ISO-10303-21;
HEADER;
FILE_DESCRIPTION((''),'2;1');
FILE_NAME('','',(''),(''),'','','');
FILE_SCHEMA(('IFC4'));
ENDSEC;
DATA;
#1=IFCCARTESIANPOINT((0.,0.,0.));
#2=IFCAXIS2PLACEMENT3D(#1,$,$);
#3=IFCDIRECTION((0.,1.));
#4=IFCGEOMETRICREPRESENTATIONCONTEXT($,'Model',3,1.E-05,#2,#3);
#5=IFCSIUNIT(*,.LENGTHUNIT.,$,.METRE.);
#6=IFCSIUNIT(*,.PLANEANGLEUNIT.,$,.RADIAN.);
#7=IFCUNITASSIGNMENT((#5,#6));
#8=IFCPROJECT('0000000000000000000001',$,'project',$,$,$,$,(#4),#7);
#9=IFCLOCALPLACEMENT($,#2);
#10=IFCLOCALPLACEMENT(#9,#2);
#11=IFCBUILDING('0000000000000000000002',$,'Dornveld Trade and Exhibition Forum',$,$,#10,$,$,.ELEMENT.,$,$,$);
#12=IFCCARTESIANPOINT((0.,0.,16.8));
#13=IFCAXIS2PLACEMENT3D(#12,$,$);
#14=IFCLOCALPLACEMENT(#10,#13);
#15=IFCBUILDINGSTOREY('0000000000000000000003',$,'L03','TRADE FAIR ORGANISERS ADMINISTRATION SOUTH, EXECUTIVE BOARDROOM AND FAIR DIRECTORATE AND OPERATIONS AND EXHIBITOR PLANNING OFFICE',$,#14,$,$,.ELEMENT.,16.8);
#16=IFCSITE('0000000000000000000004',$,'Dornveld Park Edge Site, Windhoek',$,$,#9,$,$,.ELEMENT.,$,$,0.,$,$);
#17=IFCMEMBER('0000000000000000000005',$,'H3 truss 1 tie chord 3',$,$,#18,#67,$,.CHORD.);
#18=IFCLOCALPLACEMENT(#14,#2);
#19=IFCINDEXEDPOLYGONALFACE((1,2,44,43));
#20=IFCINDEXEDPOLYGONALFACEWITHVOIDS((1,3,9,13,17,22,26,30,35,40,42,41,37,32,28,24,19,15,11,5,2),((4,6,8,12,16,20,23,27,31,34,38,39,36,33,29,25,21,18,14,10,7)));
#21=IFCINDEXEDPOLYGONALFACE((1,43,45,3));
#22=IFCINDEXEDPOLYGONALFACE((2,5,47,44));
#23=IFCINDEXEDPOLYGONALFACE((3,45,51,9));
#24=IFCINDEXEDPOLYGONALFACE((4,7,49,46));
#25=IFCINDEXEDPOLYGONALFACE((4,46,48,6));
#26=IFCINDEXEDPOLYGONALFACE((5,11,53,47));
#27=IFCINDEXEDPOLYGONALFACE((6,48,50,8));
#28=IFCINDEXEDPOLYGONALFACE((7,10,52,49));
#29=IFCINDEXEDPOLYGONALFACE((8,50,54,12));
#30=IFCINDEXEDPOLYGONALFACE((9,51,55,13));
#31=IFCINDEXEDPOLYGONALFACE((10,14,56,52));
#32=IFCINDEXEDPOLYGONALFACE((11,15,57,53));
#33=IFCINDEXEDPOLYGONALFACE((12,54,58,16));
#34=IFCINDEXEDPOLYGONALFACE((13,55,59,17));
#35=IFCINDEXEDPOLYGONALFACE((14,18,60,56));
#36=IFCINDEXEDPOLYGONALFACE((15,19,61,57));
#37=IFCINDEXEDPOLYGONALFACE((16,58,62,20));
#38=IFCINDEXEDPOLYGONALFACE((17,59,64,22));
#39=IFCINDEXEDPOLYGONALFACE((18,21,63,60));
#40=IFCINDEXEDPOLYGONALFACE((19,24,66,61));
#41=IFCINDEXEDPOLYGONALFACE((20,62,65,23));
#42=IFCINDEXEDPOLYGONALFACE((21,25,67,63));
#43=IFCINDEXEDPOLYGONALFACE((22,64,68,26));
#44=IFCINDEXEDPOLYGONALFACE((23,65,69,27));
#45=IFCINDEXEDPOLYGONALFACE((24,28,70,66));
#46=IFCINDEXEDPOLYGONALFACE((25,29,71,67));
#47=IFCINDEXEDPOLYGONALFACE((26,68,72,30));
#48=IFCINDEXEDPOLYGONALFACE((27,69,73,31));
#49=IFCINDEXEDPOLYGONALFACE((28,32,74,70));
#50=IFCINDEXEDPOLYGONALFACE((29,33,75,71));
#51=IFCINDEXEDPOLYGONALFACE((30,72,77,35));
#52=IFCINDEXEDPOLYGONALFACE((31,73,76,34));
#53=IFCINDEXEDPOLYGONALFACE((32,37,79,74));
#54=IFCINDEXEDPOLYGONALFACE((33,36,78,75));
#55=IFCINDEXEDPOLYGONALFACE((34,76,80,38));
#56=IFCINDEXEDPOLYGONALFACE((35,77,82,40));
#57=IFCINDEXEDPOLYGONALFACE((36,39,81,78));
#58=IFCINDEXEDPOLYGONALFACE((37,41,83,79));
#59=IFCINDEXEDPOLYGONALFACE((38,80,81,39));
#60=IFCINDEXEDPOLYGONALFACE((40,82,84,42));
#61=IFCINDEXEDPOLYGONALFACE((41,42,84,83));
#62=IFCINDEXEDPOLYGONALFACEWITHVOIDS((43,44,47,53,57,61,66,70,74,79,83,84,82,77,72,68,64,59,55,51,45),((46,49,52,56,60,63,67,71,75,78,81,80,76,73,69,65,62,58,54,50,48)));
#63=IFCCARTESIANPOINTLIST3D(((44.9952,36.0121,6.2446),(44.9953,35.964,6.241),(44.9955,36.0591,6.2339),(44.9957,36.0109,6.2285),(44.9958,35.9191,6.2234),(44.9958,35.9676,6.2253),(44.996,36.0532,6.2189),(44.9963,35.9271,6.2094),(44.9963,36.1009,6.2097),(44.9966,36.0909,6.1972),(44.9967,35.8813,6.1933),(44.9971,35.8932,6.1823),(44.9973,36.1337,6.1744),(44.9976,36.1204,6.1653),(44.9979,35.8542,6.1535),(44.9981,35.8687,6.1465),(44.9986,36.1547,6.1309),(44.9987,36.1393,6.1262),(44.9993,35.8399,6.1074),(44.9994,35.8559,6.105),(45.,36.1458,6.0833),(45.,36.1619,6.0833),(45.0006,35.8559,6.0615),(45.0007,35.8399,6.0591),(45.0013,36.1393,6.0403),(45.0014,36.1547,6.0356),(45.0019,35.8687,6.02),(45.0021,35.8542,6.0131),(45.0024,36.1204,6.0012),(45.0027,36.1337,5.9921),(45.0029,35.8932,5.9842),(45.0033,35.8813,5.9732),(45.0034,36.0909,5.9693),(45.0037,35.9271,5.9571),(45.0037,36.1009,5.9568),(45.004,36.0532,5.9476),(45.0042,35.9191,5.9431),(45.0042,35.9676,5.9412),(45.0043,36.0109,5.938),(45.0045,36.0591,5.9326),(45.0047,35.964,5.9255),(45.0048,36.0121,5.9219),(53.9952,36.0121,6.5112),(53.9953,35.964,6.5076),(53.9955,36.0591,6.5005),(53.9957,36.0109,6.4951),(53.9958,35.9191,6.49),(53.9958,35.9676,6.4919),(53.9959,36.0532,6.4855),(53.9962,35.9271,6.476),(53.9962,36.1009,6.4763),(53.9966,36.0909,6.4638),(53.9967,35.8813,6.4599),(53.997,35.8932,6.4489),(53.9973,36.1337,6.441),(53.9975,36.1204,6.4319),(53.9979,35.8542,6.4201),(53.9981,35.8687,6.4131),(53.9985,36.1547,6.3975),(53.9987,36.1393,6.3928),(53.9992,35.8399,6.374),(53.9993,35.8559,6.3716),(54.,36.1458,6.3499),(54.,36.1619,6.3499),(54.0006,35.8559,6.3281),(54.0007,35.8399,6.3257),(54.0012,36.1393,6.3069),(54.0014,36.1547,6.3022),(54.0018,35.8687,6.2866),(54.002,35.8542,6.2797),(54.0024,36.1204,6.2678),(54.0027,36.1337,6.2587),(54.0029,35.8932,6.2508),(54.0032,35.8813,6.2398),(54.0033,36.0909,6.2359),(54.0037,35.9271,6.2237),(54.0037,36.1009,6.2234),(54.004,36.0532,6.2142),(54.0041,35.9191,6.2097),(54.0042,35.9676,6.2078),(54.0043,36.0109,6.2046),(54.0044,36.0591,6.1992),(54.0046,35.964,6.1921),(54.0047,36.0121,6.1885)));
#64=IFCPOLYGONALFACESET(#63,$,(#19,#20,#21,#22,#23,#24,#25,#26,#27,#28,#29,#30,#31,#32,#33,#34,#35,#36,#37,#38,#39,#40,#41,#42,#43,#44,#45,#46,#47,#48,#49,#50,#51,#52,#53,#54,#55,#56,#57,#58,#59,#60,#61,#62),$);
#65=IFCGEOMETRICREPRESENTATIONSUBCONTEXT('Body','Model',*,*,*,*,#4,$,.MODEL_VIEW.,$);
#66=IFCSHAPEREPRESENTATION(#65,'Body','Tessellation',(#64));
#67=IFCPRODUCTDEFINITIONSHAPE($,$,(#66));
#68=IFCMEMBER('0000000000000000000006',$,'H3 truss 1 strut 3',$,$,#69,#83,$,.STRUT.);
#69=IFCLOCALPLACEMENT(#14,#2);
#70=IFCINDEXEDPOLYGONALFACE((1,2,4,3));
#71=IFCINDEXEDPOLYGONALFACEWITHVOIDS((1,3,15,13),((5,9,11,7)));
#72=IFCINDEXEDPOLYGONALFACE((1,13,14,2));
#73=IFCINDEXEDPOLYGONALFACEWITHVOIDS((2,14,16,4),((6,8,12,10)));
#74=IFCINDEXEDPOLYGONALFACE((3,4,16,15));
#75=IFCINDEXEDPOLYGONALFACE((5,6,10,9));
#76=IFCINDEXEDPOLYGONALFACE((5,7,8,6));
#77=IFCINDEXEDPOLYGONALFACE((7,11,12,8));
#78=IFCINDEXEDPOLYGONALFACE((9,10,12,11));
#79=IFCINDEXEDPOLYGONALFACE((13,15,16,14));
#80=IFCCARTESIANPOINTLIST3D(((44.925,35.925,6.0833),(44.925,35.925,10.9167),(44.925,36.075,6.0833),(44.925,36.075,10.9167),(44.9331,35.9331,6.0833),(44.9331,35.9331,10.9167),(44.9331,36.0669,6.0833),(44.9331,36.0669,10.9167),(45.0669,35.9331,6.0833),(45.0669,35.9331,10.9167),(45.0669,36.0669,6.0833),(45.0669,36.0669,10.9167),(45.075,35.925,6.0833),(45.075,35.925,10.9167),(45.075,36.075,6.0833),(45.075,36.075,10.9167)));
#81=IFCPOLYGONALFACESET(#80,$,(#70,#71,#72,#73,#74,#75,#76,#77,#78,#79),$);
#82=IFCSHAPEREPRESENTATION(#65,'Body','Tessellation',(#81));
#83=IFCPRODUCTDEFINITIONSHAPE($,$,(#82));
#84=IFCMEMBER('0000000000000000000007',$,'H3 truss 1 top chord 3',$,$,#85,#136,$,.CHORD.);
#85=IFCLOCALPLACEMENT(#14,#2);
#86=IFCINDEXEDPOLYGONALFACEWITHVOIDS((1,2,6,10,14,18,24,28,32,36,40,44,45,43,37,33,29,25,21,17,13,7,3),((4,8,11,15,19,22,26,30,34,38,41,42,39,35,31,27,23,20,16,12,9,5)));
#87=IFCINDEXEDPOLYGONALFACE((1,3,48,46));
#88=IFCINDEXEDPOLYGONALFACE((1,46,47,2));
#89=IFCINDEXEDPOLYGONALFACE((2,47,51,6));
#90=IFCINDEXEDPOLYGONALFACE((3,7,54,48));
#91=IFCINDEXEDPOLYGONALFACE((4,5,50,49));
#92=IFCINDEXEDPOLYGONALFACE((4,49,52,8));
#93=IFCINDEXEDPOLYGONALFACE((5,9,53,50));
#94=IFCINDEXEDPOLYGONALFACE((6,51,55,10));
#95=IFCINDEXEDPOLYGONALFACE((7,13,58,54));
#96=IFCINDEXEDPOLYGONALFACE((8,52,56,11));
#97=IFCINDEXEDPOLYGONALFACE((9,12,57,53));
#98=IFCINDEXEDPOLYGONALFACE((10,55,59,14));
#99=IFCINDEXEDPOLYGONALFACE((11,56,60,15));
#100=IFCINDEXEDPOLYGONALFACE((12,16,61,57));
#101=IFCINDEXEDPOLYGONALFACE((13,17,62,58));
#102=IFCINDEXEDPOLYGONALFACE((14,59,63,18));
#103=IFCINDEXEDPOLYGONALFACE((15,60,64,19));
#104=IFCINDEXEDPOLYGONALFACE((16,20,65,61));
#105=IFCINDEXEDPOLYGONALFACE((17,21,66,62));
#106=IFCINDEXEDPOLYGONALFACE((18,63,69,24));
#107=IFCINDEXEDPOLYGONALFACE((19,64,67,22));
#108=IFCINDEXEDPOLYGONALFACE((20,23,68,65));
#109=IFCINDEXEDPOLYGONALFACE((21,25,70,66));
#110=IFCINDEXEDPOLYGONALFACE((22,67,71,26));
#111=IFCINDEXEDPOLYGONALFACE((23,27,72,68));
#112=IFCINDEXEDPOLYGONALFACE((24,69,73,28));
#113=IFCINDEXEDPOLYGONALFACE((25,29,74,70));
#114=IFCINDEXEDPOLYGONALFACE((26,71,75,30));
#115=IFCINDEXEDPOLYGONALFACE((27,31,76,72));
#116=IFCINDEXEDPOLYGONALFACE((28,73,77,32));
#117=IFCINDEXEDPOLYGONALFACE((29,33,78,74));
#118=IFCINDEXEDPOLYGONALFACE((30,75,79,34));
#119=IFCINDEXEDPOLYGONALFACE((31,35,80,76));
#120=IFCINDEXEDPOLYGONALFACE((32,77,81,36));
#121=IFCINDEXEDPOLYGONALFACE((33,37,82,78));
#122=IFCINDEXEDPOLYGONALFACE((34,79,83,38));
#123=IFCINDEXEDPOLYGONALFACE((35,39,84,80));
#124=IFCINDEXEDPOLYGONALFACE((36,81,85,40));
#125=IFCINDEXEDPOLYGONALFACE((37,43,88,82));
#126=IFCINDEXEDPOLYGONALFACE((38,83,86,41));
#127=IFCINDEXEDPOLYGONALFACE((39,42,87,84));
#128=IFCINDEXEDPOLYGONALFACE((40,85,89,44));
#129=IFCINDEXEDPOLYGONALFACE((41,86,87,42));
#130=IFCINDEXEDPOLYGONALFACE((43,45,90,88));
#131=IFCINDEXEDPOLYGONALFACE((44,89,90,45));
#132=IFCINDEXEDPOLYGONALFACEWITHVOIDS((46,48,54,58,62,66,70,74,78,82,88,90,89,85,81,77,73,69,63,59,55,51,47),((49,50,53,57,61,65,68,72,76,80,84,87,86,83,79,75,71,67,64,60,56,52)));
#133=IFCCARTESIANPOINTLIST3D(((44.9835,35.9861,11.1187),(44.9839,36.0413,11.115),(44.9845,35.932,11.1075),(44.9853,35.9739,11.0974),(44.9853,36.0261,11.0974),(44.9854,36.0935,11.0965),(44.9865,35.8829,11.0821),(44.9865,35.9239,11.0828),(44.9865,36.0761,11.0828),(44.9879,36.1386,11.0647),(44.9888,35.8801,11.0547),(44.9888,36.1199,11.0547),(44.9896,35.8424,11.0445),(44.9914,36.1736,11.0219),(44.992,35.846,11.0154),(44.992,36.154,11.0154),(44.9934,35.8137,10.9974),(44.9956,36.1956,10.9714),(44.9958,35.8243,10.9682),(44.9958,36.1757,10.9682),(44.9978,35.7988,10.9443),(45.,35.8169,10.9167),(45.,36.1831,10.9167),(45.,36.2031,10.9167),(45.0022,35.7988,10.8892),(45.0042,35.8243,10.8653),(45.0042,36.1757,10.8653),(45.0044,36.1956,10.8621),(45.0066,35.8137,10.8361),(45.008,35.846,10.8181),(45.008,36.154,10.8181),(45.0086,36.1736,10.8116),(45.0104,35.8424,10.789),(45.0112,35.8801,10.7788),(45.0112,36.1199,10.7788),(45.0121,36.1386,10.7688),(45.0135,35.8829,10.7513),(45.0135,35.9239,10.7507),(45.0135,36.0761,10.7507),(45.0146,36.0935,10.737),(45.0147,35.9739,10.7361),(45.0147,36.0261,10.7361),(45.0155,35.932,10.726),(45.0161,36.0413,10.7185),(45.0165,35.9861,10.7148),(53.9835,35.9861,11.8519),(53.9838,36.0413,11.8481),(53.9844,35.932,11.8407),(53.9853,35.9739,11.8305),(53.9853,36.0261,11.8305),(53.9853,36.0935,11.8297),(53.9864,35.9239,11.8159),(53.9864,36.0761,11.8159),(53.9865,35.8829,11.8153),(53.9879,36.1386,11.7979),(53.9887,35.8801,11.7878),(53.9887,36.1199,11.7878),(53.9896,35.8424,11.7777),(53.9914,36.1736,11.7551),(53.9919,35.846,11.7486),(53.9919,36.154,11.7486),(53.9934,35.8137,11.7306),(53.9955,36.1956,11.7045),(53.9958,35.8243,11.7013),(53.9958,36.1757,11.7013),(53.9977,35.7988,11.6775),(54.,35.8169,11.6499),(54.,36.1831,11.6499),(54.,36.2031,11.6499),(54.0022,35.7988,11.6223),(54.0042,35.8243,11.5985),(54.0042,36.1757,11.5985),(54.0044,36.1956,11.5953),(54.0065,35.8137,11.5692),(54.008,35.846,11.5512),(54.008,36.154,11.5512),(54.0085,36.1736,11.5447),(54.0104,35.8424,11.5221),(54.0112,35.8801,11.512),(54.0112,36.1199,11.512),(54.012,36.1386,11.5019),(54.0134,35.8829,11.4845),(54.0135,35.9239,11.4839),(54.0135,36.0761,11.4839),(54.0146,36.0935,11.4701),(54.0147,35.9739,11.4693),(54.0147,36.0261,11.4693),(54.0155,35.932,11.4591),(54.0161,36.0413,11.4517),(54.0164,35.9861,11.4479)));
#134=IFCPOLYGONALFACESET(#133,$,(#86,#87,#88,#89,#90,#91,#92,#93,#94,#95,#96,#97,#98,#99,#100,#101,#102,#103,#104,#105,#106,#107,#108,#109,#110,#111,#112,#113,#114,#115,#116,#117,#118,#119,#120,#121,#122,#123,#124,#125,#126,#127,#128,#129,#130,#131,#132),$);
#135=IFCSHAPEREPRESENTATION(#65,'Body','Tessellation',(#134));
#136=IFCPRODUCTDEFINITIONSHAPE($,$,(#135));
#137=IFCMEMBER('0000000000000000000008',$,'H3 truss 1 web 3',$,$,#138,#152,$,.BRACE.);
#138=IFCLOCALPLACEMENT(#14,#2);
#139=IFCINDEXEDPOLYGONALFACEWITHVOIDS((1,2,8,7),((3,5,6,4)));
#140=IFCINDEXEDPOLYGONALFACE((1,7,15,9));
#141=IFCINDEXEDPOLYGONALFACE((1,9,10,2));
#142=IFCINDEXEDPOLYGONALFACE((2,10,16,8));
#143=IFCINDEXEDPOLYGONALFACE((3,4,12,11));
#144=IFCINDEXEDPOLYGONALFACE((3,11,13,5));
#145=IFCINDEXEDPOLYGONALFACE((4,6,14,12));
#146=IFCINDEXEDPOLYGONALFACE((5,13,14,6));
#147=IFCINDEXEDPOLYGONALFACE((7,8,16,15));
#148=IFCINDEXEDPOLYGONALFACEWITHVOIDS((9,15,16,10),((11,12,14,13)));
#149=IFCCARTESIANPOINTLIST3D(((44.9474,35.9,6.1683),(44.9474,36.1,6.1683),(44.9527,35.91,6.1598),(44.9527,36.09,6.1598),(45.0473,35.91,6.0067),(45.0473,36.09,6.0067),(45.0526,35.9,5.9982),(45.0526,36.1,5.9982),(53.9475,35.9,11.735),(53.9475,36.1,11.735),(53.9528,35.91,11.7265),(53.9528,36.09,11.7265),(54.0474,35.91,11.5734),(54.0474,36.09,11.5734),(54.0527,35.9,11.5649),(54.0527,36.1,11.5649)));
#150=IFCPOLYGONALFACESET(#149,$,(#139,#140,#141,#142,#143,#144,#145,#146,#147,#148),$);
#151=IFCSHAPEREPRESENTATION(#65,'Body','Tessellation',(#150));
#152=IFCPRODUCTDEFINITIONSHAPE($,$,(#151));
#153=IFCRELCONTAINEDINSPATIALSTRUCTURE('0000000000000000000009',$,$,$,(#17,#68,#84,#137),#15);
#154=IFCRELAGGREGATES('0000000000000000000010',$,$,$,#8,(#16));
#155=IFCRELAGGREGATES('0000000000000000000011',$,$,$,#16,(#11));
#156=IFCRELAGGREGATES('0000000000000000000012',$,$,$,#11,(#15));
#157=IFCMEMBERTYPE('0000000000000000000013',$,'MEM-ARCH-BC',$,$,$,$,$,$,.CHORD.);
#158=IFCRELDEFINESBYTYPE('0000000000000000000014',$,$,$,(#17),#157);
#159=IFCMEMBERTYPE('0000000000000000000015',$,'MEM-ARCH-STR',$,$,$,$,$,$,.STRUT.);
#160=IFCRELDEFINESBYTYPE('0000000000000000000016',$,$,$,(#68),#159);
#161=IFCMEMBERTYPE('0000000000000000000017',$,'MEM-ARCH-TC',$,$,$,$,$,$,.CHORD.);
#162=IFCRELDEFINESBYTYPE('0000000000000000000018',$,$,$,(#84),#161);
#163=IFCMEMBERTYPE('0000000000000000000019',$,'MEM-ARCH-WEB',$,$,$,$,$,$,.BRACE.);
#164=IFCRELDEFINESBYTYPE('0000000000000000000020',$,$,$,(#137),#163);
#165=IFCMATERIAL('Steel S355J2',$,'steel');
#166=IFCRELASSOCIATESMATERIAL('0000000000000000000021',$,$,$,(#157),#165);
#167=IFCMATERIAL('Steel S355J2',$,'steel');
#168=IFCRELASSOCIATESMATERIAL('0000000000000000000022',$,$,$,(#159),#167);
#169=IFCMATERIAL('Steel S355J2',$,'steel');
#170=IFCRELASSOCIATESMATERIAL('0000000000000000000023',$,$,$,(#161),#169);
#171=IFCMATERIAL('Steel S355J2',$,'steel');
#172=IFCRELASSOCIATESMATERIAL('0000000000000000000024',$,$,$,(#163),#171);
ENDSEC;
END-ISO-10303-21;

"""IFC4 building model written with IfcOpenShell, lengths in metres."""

from ifc_helpers import new_model, si_unit, direction, frame, origin, origin_2d, place, context, subcontext, project, spatial, hollow_rectangle, hollow_circle, extrude, material, material_profile, profile_set, type_object, element, save


model = new_model("IFC4")

# Units and contexts
model_context = context("Model", 3, precision=1e-05, world=origin(), true_north=direction((0.0, 1.0)))
body_context = subcontext(model_context, "Body", "Model", "MODEL_VIEW")
ifc_project = project(units=[si_unit("LENGTHUNIT", "METRE"), si_unit("PLANEANGLEUNIT", "RADIAN")], contexts=[model_context])

# Site, building, storey
site_placement = place(None, origin())
site = spatial("IfcSite", under=ifc_project, at=site_placement, Name="Dornveld Park Edge Site, Windhoek", CompositionType="ELEMENT", RefElevation=0.0)
building_placement = place(site_placement, origin())
building = spatial("IfcBuilding", under=site, at=building_placement, Name="Dornveld Trade and Exhibition Forum", CompositionType="ELEMENT")
storey_placement = place(building_placement, frame((0.0, 0.0, 16.8)))
storey = spatial("IfcBuildingStorey", under=building, at=storey_placement, Name="L03", Description="TRADE FAIR ORGANISERS ADMINISTRATION SOUTH, EXECUTIVE BOARDROOM AND FAIR DIRECTORATE AND OPERATIONS AND EXHIBITOR PLANNING OFFICE", CompositionType="ELEMENT", Elevation=16.8)

# Members
ifc_material_1 = material(Name="Steel S355J2", Category="steel")
ifc_material_profile_1 = material_profile(ifc_material_1, hollow_circle(Radius=0.1619, WallThickness=0.0161, at=origin_2d()), Name="CHS 323.9x16")
ifc_profile_set_1 = profile_set([ifc_material_profile_1], Name="Steel S355J2")
member_type_1 = type_object("IfcMemberType", Name="MEM-ARCH-BC", PredefinedType="CHORD", material=ifc_profile_set_1)
member_1_placement = place(storey_placement, frame((45.0, 36.0, 6.0833), z_axis=(0.999562, 0.0, 0.029609), x_axis=(0.0, 1.0, 0.0)))
element("IfcMember", 1, at=member_1_placement, inside=storey, type_object=member_type_1, Name="H3 truss 1 tie chord 3", PredefinedType="CHORD", context=body_context, shape_type="SweptSolid", body=[
    extrude(hollow_circle(Radius=0.1619, WallThickness=0.0161, at=origin_2d()), origin(), (0.0, 0.0, 1.0), 9.0039),
])
ifc_material_2 = material(Name="Steel S355J2", Category="steel")
ifc_material_profile_2 = material_profile(ifc_material_2, hollow_rectangle(XDim=0.1499, YDim=0.1499, WallThickness=0.0081, at=origin_2d()), Name="SHS 150x150x8")
ifc_profile_set_2 = profile_set([ifc_material_profile_2], Name="Steel S355J2")
member_type_2 = type_object("IfcMemberType", Name="MEM-ARCH-STR", PredefinedType="STRUT", material=ifc_profile_set_2)
member_2_placement = place(storey_placement, frame((45.0, 36.0, 6.0833), z_axis=(0.0, 0.0, 1.0), x_axis=(1.0, 0.0, 0.0)))
element("IfcMember", 2, at=member_2_placement, inside=storey, type_object=member_type_2, Name="H3 truss 1 strut 3", PredefinedType="STRUT", context=body_context, shape_type="SweptSolid", body=[
    extrude(hollow_rectangle(XDim=0.1499, YDim=0.1499, WallThickness=0.0081, at=origin_2d()), origin(), (0.0, 0.0, 1.0), 4.8335),
])
ifc_material_3 = material(Name="Steel S355J2", Category="steel")
ifc_material_profile_3 = material_profile(ifc_material_3, hollow_circle(Radius=0.2031, WallThickness=0.02, at=origin_2d()), Name="CHS 406.4x20")
ifc_profile_set_3 = profile_set([ifc_material_profile_3], Name="Steel S355J2")
member_type_3 = type_object("IfcMemberType", Name="MEM-ARCH-TC", PredefinedType="CHORD", material=ifc_profile_set_3)
member_3_placement = place(storey_placement, frame((45.0, 36.0, 10.9167), z_axis=(0.996698, 0.0, 0.081193), x_axis=(0.0, 1.0, 0.0)))
element("IfcMember", 3, at=member_3_placement, inside=storey, type_object=member_type_3, Name="H3 truss 1 top chord 3", PredefinedType="CHORD", context=body_context, shape_type="SweptSolid", body=[
    extrude(hollow_circle(Radius=0.2031, WallThickness=0.02, at=origin_2d()), origin(), (0.0, 0.0, 1.0), 9.0298),
])
ifc_material_4 = material(Name="Steel S355J2", Category="steel")
ifc_material_profile_4 = material_profile(ifc_material_4, hollow_rectangle(XDim=0.2, YDim=0.2, WallThickness=0.01, at=origin_2d()), Name="SHS 200x200x10")
ifc_profile_set_4 = profile_set([ifc_material_profile_4], Name="Steel S355J2")
member_type_4 = type_object("IfcMemberType", Name="MEM-ARCH-WEB", PredefinedType="BRACE", material=ifc_profile_set_4)
member_4_placement = place(storey_placement, frame((45.0, 36.0, 6.0833), z_axis=(0.850467, 0.0, 0.526028), x_axis=(0.0, 1.0, 0.0)))
element("IfcMember", 4, at=member_4_placement, inside=storey, type_object=member_type_4, Name="H3 truss 1 web 3", PredefinedType="BRACE", context=body_context, shape_type="SweptSolid", body=[
    extrude(hollow_rectangle(XDim=0.2, YDim=0.2, WallThickness=0.01, at=origin_2d()), origin(), (0.0, 0.0, 1.0), 10.5825),
])

save(model, "model.ifc")
